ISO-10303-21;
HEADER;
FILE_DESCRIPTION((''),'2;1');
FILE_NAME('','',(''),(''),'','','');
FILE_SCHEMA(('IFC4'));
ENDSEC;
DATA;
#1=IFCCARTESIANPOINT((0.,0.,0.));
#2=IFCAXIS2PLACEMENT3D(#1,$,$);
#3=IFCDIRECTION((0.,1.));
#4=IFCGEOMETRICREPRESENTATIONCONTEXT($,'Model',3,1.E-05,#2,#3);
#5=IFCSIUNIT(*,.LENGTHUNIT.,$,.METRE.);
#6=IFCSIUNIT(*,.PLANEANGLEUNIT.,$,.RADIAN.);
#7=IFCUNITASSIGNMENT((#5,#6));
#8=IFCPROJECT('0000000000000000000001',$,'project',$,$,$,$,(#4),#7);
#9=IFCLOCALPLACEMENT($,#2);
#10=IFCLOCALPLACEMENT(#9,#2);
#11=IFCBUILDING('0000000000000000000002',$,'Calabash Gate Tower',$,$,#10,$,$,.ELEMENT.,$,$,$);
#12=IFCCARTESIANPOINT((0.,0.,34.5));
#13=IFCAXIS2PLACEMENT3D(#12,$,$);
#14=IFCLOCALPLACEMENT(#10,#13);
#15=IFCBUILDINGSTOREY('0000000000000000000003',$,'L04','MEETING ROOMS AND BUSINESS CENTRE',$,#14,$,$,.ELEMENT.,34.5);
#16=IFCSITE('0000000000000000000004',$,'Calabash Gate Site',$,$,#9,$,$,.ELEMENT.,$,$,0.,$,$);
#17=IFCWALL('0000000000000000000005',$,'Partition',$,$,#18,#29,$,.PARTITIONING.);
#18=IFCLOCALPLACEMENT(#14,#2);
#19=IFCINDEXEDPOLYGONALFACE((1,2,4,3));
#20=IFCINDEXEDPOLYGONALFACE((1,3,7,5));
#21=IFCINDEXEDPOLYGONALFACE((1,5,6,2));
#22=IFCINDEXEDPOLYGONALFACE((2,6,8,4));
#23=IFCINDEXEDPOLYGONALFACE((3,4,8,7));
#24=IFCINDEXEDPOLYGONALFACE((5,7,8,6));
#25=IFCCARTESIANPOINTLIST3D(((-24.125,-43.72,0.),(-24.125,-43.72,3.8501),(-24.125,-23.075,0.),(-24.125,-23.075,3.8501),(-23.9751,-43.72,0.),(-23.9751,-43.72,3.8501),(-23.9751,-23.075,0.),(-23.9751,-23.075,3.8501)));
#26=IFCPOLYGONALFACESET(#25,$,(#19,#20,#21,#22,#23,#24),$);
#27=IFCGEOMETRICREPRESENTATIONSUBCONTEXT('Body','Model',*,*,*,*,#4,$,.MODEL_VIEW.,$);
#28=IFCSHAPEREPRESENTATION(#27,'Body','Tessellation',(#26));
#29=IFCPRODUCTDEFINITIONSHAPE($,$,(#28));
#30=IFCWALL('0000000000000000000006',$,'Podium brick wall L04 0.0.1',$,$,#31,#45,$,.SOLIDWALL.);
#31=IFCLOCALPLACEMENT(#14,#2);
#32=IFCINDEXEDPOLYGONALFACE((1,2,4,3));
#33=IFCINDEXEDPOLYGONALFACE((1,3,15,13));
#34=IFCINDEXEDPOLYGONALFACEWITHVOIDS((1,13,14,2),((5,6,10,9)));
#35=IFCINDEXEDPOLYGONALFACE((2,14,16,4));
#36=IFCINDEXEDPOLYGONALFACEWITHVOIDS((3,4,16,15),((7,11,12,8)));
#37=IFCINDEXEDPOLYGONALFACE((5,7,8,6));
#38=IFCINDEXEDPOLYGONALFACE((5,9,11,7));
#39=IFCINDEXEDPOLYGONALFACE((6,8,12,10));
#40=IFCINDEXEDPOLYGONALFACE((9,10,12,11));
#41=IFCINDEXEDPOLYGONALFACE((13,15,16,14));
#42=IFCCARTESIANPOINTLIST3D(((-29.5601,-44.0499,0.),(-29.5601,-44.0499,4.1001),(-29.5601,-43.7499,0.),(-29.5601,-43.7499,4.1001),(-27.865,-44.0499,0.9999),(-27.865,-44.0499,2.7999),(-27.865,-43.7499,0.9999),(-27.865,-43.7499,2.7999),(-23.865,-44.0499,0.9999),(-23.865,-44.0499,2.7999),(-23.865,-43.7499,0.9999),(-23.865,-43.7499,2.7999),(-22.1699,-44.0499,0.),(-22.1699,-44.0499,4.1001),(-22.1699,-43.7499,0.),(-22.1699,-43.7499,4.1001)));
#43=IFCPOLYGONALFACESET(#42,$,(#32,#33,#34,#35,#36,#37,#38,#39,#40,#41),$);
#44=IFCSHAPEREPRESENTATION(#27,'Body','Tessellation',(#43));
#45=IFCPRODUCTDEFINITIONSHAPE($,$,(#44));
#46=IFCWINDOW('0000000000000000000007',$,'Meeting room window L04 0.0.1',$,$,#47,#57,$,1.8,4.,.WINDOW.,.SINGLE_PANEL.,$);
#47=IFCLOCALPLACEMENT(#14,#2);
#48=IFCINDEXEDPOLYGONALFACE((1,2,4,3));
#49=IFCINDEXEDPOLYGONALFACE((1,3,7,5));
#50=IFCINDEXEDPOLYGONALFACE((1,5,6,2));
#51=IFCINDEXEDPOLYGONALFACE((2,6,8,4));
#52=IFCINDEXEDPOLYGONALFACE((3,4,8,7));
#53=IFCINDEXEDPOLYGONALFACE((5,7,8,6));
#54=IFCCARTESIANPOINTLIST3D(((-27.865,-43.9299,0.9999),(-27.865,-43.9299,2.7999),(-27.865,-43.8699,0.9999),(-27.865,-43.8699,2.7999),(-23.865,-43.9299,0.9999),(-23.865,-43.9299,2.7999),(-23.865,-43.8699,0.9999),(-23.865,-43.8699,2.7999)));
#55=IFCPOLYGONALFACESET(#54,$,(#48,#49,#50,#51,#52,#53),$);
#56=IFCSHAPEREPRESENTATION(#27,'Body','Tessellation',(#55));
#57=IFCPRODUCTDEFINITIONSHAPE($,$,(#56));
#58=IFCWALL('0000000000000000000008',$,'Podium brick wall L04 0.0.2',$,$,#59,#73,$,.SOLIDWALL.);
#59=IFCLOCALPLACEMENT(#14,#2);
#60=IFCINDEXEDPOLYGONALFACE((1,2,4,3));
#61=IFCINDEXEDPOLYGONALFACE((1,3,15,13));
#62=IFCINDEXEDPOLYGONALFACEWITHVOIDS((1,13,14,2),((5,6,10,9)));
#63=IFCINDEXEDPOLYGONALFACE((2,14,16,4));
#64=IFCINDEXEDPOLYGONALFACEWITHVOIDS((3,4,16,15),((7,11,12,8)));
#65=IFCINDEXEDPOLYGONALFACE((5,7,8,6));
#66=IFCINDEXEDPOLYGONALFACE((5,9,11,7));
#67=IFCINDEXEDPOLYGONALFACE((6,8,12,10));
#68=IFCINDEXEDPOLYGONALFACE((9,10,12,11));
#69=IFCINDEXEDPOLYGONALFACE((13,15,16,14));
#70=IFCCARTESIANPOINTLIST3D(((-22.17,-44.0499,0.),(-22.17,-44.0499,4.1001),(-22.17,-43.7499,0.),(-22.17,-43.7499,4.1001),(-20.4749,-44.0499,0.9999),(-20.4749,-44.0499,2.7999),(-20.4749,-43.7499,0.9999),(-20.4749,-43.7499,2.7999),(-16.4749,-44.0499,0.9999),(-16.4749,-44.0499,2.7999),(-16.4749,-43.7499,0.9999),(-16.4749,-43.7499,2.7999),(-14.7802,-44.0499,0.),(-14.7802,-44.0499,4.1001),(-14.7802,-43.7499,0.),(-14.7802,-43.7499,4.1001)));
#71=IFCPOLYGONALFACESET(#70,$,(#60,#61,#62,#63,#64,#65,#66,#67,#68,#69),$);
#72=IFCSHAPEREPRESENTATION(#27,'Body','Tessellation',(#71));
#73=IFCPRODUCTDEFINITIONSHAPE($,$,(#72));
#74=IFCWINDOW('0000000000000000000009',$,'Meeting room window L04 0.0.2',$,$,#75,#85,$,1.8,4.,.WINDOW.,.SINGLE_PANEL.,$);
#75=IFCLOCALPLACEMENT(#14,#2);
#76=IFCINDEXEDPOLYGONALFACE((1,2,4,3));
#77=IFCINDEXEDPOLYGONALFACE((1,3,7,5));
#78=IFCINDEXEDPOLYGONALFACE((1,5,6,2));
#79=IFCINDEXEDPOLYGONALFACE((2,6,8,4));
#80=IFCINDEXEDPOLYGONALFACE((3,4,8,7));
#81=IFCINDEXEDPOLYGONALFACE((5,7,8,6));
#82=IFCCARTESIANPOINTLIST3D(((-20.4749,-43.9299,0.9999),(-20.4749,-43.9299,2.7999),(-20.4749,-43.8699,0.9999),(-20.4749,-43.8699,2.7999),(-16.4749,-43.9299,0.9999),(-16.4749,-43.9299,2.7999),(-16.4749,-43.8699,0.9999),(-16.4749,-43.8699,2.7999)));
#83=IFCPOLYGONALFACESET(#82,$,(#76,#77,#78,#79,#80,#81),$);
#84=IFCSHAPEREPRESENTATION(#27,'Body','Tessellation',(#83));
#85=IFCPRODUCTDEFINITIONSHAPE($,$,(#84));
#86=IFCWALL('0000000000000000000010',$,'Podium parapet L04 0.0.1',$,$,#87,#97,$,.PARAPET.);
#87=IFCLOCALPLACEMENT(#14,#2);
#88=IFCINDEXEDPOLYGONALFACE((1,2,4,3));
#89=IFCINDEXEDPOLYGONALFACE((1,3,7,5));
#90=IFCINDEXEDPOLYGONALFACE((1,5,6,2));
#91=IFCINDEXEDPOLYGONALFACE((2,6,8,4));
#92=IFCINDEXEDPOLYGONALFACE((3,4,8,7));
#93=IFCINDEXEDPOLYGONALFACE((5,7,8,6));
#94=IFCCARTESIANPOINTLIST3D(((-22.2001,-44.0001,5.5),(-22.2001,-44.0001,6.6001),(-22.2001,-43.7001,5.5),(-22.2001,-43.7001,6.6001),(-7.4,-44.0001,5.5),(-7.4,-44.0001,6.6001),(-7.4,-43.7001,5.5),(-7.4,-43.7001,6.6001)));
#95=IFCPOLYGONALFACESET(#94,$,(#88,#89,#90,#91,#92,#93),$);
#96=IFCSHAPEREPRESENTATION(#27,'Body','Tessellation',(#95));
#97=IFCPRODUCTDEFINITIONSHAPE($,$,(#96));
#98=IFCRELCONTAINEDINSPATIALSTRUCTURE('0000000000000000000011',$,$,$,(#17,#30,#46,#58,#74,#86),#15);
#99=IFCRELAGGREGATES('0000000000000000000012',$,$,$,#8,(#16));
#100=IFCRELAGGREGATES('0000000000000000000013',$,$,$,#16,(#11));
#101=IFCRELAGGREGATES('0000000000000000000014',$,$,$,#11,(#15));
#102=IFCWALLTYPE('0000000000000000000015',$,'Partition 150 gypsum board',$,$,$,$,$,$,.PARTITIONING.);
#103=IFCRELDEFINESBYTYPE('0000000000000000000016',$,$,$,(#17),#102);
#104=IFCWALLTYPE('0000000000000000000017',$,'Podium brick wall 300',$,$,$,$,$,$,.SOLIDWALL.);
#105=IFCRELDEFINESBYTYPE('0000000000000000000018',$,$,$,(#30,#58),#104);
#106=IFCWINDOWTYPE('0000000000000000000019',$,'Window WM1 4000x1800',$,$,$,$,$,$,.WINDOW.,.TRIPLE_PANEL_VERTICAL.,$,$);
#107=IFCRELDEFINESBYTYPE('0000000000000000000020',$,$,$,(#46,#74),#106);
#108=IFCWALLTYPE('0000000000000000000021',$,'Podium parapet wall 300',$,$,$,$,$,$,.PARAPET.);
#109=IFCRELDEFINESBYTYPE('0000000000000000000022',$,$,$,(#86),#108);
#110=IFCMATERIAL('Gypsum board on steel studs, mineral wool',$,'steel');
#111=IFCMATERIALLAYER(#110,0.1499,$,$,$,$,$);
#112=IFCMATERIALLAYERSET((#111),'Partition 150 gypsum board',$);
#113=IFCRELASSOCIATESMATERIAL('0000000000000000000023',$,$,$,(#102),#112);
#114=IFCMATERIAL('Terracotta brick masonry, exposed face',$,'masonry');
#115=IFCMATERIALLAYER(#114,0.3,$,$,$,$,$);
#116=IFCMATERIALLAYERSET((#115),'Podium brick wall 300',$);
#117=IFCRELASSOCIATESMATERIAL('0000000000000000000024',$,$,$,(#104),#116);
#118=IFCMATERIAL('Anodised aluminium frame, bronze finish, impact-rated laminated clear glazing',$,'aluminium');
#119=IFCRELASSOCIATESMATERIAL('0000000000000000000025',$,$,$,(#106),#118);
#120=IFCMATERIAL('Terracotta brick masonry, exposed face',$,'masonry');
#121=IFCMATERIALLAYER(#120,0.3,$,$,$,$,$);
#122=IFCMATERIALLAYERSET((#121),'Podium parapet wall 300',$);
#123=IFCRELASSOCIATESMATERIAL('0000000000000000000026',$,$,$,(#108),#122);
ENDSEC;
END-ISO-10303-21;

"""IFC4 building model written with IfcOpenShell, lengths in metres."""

from ifc_helpers import new_model, si_unit, direction, frame, frame_2d, origin, place, context, subcontext, project, spatial, rectangle, extrude, material, layer, layer_set, type_object, element, fill, save


model = new_model("IFC4")

# Units and contexts
model_context = context("Model", 3, precision=1e-05, world=origin(), true_north=direction((0.0, 1.0)))
body_context = subcontext(model_context, "Body", "Model", "MODEL_VIEW")
ifc_project = project(units=[si_unit("LENGTHUNIT", "METRE"), si_unit("PLANEANGLEUNIT", "RADIAN")], contexts=[model_context])

# Site, building, storey
site_placement = place(None, origin())
site = spatial("IfcSite", under=ifc_project, at=site_placement, Name="Calabash Gate Site", CompositionType="ELEMENT", RefElevation=0.0)
building_placement = place(site_placement, origin())
building = spatial("IfcBuilding", under=site, at=building_placement, Name="Calabash Gate Tower", CompositionType="ELEMENT")
storey_placement = place(building_placement, frame((0.0, 0.0, 34.5)))
storey = spatial("IfcBuildingStorey", under=building, at=storey_placement, Name="L04", Description="MEETING ROOMS AND BUSINESS CENTRE", CompositionType="ELEMENT", Elevation=34.5)

# Wall
ifc_material_1 = material(Name="Gypsum board on steel studs, mineral wool", Category="steel")
ifc_layer_1 = layer(ifc_material_1, 0.1499)
ifc_layer_set_1 = layer_set([ifc_layer_1], Name="Partition 150 gypsum board")
wall_type_1 = type_object("IfcWallType", Name="Partition 150 gypsum board", PredefinedType="PARTITIONING", material=ifc_layer_set_1)
wall_1_placement = place(storey_placement, frame((-24.05, -43.72, 0.0), z_axis=(0.0, 0.0, 1.0), x_axis=(0.0, 1.0, 0.0)))
element("IfcWall", 1, at=wall_1_placement, inside=storey, type_object=wall_type_1, Name="Partition", PredefinedType="PARTITIONING", context=body_context, shape_type="SweptSolid", body=[
    extrude(rectangle(XDim=20.645, YDim=0.1499, at=frame_2d((10.3225, 0.0))), origin(), (0.0, 0.0, 1.0), 3.8501),
])

# Walls, openings, windows
ifc_material_2 = material(Name="Terracotta brick masonry, exposed face", Category="masonry")
ifc_layer_2 = layer(ifc_material_2, 0.3)
ifc_layer_set_2 = layer_set([ifc_layer_2], Name="Podium brick wall 300")
wall_type_2 = type_object("IfcWallType", Name="Podium brick wall 300", PredefinedType="SOLIDWALL", material=ifc_layer_set_2)
wall_2_placement = place(storey_placement, frame((-29.5601, -43.8999, 0.0), z_axis=(0.0, 0.0, 1.0), x_axis=(1.0, 0.0, 0.0)))
wall_2 = element("IfcWall", 2, at=wall_2_placement, inside=storey, type_object=wall_type_2, Name="Podium brick wall L04 0.0.1", PredefinedType="SOLIDWALL", context=body_context, shape_type="SweptSolid", body=[
    extrude(rectangle(XDim=7.3901, YDim=0.3, at=frame_2d((3.6951, 0.0))), origin(), (0.0, 0.0, 1.0), 4.1001),
])
opening_1_placement = place(wall_2_placement, frame((1.6951, 0.0, 1.0)))
opening_1 = element("IfcOpeningElement", 3, at=opening_1_placement, cuts=wall_2, PredefinedType="OPENING", context=body_context, shape_type="SweptSolid", body=[
    extrude(rectangle(XDim=4.0, YDim=1.8, at=frame_2d((2.0, 0.8999))), frame((0.0, 0.1599, 0.0), z_axis=(0.0, -1.0, 0.0), x_axis=(1.0, 0.0, 0.0)), (0.0, 0.0, 1.0), 0.3201),
])
ifc_material_3 = material(Name="Anodised aluminium frame, bronze finish, impact-rated laminated clear glazing", Category="aluminium")
window_type = type_object("IfcWindowType", Name="Window WM1 4000x1800", PartitioningType="TRIPLE_PANEL_VERTICAL", PredefinedType="WINDOW", material=ifc_material_3)
window_1_placement = place(opening_1_placement, origin())
window_1 = element("IfcWindow", 4, at=window_1_placement, inside=storey, type_object=window_type, Name="Meeting room window L04 0.0.1", OverallHeight=1.8, OverallWidth=4.0, PartitioningType="SINGLE_PANEL", PredefinedType="WINDOW", context=body_context, shape_type="SweptSolid", body=[
    extrude(rectangle(XDim=4.0, YDim=1.8, at=frame_2d((2.0, 0.8999))), frame((0.0, 0.03, 0.0), z_axis=(0.0, -1.0, 0.0), x_axis=(1.0, 0.0, 0.0)), (0.0, 0.0, 1.0), 0.0601),
])
fill(opening_1, window_1)
wall_3_placement = place(storey_placement, frame((-22.1699, -43.8999, 0.0), z_axis=(0.0, 0.0, 1.0), x_axis=(1.0, 0.0, 0.0)))
wall_3 = element("IfcWall", 5, at=wall_3_placement, inside=storey, type_object=wall_type_2, Name="Podium brick wall L04 0.0.2", PredefinedType="SOLIDWALL", context=body_context, shape_type="SweptSolid", body=[
    extrude(rectangle(XDim=7.3899, YDim=0.3, at=frame_2d((3.6948, 0.0))), origin(), (0.0, 0.0, 1.0), 4.1001),
])
opening_2_placement = place(wall_3_placement, frame((1.6951, 0.0, 1.0)))
opening_2 = element("IfcOpeningElement", 6, at=opening_2_placement, cuts=wall_3, PredefinedType="OPENING", context=body_context, shape_type="SweptSolid", body=[
    extrude(rectangle(XDim=4.0, YDim=1.8, at=frame_2d((2.0, 0.8999))), frame((0.0, 0.1599, 0.0), z_axis=(0.0, -1.0, 0.0), x_axis=(1.0, 0.0, 0.0)), (0.0, 0.0, 1.0), 0.3201),
])
window_2_placement = place(opening_2_placement, origin())
window_2 = element("IfcWindow", 7, at=window_2_placement, inside=storey, type_object=window_type, Name="Meeting room window L04 0.0.2", OverallHeight=1.8, OverallWidth=4.0, PartitioningType="SINGLE_PANEL", PredefinedType="WINDOW", context=body_context, shape_type="SweptSolid", body=[
    extrude(rectangle(XDim=4.0, YDim=1.8, at=frame_2d((2.0, 0.8999))), frame((0.0, 0.03, 0.0), z_axis=(0.0, -1.0, 0.0), x_axis=(1.0, 0.0, 0.0)), (0.0, 0.0, 1.0), 0.0601),
])
fill(opening_2, window_2)

# Wall
ifc_material_4 = material(Name="Terracotta brick masonry, exposed face", Category="masonry")
ifc_layer_3 = layer(ifc_material_4, 0.3)
ifc_layer_set_3 = layer_set([ifc_layer_3], Name="Podium parapet wall 300")
wall_type_3 = type_object("IfcWallType", Name="Podium parapet wall 300", PredefinedType="PARAPET", material=ifc_layer_set_3)
wall_4_placement = place(storey_placement, frame((-22.2, -43.8501, 5.5), z_axis=(0.0, 0.0, 1.0), x_axis=(1.0, 0.0, 0.0)))
element("IfcWall", 8, at=wall_4_placement, inside=storey, type_object=wall_type_3, Name="Podium parapet L04 0.0.1", PredefinedType="PARAPET", context=body_context, shape_type="SweptSolid", body=[
    extrude(rectangle(XDim=14.8, YDim=0.3, at=frame_2d((7.3999, 0.0))), origin(), (0.0, 0.0, 1.0), 1.1001),
])

save(model, "model.ifc")
